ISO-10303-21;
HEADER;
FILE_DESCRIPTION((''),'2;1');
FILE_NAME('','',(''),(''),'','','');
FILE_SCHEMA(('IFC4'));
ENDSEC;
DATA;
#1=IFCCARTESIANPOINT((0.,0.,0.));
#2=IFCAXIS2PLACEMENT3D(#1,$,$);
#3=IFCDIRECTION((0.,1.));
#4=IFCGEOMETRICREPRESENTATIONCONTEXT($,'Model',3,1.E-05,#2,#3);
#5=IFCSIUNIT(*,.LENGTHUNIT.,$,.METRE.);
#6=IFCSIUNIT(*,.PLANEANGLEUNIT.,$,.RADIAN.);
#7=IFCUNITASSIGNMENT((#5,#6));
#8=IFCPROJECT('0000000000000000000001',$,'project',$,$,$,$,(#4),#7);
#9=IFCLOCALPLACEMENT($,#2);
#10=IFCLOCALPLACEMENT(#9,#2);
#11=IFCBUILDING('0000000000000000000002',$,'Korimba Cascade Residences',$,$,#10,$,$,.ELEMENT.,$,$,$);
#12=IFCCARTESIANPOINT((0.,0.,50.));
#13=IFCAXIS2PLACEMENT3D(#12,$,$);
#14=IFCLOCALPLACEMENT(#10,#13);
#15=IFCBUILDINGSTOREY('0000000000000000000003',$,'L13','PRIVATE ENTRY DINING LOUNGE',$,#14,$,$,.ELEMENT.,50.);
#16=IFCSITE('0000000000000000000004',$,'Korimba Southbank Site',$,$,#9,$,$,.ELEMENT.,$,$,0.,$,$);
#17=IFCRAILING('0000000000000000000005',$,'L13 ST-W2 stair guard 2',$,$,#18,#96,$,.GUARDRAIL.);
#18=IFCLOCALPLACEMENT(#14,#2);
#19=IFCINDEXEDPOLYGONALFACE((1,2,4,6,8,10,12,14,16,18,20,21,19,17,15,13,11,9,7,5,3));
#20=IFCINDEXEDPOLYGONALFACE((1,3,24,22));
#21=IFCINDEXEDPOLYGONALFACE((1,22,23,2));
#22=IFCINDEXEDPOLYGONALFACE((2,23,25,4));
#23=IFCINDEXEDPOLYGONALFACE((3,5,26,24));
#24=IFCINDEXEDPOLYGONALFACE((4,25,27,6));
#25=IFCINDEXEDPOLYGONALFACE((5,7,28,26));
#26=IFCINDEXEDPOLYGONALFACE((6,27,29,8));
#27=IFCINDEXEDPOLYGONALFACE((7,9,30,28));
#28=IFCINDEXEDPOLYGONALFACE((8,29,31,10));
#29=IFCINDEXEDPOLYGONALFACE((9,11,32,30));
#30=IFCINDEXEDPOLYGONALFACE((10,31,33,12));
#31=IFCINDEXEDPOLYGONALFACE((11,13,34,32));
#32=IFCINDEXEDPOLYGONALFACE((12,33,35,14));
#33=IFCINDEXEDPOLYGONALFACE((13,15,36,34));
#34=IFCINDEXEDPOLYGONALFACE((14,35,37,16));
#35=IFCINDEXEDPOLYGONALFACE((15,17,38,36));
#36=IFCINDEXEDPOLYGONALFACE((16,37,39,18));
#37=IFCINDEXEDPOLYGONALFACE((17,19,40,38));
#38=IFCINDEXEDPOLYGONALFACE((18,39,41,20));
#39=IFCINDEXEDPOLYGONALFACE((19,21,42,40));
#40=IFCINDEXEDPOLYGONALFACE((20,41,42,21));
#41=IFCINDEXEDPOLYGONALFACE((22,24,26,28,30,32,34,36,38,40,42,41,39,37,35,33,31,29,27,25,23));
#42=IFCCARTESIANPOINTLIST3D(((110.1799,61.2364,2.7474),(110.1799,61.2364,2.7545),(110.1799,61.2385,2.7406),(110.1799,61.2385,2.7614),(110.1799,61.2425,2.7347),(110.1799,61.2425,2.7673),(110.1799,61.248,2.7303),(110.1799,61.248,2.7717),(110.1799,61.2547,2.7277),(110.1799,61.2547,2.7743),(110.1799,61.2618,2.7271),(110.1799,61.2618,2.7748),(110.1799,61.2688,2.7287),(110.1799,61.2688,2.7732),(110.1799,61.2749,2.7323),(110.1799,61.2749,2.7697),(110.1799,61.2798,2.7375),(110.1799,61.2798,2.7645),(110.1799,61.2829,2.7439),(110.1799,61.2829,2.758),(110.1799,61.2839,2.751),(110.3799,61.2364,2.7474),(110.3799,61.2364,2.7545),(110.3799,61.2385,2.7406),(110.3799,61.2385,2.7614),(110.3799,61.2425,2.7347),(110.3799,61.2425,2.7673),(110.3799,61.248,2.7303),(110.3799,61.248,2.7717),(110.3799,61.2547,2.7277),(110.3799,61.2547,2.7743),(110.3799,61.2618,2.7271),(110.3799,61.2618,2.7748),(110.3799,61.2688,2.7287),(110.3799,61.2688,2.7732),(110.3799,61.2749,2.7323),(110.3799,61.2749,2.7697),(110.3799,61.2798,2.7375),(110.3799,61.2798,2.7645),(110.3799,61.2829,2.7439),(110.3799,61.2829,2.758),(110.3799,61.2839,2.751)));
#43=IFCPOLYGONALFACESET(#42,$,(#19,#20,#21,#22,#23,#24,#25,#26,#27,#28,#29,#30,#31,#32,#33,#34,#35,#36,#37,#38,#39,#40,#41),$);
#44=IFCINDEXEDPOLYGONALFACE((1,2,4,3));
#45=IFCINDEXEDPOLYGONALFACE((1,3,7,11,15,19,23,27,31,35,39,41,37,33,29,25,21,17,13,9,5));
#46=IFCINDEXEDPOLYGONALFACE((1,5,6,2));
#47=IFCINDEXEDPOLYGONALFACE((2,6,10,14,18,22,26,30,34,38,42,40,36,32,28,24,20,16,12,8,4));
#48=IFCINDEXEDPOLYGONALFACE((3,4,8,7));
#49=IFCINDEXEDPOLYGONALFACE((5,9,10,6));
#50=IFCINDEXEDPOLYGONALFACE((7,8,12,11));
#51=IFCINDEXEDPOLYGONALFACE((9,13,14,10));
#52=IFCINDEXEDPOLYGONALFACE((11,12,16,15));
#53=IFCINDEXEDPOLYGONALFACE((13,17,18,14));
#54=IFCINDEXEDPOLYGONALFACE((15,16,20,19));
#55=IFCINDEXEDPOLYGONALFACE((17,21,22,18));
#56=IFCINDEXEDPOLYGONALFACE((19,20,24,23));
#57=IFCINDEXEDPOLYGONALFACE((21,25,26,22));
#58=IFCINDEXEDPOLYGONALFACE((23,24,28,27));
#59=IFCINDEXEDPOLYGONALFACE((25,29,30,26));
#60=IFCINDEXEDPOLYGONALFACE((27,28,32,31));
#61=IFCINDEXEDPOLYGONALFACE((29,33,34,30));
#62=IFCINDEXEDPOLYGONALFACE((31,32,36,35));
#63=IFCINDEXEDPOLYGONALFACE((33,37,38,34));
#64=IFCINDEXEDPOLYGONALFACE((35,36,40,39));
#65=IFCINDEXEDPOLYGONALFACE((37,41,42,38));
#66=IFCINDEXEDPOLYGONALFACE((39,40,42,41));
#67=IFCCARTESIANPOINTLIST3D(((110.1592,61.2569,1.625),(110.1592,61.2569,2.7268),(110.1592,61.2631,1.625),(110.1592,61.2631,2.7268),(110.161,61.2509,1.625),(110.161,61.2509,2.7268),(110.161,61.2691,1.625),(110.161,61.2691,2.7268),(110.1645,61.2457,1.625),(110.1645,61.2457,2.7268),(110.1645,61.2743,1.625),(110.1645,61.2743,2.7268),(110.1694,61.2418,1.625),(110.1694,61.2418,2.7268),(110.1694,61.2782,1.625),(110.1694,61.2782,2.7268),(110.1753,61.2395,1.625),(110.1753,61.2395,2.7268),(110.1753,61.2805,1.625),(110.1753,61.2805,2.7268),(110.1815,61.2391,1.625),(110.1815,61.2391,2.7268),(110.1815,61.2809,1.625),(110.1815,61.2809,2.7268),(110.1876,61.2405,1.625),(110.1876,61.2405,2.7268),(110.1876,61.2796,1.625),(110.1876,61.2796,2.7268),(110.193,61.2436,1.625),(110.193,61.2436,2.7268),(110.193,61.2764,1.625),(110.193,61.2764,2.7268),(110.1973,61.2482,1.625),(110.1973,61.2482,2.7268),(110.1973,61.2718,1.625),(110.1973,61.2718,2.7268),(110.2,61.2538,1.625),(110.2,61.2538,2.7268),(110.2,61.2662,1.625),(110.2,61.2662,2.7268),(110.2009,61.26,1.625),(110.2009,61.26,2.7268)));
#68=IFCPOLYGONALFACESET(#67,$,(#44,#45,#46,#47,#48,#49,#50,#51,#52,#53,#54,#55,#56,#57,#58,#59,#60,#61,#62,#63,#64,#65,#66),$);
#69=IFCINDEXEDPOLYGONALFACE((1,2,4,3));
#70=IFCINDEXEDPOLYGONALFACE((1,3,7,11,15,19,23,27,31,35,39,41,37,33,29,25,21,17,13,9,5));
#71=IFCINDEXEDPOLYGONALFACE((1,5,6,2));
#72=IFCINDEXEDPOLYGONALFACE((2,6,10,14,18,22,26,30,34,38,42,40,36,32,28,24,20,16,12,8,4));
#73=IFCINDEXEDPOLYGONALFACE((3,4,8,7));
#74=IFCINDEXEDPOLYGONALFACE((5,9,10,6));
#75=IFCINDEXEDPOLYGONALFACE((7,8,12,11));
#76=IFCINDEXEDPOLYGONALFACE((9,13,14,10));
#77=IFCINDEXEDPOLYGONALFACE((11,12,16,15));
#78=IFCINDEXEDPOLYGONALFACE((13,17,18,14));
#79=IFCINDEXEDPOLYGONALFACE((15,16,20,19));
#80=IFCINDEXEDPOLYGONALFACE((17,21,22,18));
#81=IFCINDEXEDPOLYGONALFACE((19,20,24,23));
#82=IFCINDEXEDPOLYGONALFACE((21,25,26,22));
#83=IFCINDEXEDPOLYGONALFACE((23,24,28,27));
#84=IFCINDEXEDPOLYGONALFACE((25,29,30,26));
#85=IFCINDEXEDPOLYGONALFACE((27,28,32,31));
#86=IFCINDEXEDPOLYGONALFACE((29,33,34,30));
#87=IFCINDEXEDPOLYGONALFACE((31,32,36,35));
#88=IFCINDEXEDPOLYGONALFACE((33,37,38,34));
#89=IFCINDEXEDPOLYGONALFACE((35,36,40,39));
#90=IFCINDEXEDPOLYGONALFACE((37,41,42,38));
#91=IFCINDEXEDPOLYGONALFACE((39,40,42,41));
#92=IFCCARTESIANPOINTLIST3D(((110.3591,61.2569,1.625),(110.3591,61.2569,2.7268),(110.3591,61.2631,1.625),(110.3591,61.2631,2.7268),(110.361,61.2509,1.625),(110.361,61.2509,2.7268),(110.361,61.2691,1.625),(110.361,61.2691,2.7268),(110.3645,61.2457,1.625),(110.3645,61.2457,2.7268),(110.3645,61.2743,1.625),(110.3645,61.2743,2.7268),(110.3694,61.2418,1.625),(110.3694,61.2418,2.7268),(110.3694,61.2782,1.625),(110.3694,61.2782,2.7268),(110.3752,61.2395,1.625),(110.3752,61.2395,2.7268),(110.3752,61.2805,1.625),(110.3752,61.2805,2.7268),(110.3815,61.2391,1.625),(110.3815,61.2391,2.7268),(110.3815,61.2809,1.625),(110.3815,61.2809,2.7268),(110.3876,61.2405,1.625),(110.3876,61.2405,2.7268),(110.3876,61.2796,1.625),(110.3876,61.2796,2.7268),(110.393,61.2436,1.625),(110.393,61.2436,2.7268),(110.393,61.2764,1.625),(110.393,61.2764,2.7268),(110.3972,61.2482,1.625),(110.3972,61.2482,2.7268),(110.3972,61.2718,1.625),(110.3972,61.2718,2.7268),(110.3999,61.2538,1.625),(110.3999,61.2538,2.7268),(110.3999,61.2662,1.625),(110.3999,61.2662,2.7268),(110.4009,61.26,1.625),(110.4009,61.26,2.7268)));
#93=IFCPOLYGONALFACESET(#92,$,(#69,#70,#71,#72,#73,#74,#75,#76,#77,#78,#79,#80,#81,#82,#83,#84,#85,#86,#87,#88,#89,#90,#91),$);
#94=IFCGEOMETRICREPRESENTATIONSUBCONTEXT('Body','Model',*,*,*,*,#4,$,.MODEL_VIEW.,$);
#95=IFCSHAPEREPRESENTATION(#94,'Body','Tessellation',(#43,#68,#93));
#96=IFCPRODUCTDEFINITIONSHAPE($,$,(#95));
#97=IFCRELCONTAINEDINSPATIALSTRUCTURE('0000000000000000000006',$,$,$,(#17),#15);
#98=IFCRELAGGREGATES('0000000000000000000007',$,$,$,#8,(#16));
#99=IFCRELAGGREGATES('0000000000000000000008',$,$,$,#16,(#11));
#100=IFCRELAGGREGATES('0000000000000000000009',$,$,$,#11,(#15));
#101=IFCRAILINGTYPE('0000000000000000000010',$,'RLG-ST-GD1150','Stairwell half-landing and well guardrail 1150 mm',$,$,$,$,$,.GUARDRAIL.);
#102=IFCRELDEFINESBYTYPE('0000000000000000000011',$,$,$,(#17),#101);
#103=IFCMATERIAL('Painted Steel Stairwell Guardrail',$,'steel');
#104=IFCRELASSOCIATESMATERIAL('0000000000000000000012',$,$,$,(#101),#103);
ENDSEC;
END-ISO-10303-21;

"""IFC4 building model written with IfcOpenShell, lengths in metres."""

from ifc_helpers import new_model, si_unit, direction, frame, origin, origin_2d, place, context, subcontext, project, spatial, circle, extrude, material, type_object, element, save


model = new_model("IFC4")

# Units and contexts
model_context = context("Model", 3, precision=1e-05, world=origin(), true_north=direction((0.0, 1.0)))
body_context = subcontext(model_context, "Body", "Model", "MODEL_VIEW")
ifc_project = project(units=[si_unit("LENGTHUNIT", "METRE"), si_unit("PLANEANGLEUNIT", "RADIAN")], contexts=[model_context])

# Site, building, storey
site_placement = place(None, origin())
site = spatial("IfcSite", under=ifc_project, at=site_placement, Name="Korimba Southbank Site", CompositionType="ELEMENT", RefElevation=0.0)
building_placement = place(site_placement, origin())
building = spatial("IfcBuilding", under=site, at=building_placement, Name="Korimba Cascade Residences", CompositionType="ELEMENT")
storey_placement = place(building_placement, frame((0.0, 0.0, 50.0)))
storey = spatial("IfcBuildingStorey", under=building, at=storey_placement, Name="L13", Description="PRIVATE ENTRY DINING LOUNGE", CompositionType="ELEMENT", Elevation=50.0)

# Railing
ifc_material_1 = material(Name="Painted Steel Stairwell Guardrail", Category="steel")
railing_type_1 = type_object("IfcRailingType", Name="RLG-ST-GD1150", Description="Stairwell half-landing and well guardrail 1150 mm", PredefinedType="GUARDRAIL", material=ifc_material_1)
railing_1_placement = place(storey_placement, frame((110.1799, 61.26, 1.625)))
element("IfcRailing", 1, at=railing_1_placement, inside=storey, type_object=railing_type_1, Name="L13 ST-W2 stair guard 2", PredefinedType="GUARDRAIL", context=body_context, shape_type="SweptSolid", body=[
    extrude(circle(Radius=0.0239, at=origin_2d()), frame((0.0, 0.0, 1.126), z_axis=(1.0, 0.0, 0.0), x_axis=(0.0, 1.0, 0.0)), (0.0, 0.0, 1.0), 0.2),
    extrude(circle(Radius=0.021, at=origin_2d()), origin(), (0.0, 0.0, 1.0), 1.1018),
    extrude(circle(Radius=0.021, at=origin_2d()), frame((0.2, 0.0, 0.0)), (0.0, 0.0, 1.0), 1.1018),
])

save(model, "model.ifc")
